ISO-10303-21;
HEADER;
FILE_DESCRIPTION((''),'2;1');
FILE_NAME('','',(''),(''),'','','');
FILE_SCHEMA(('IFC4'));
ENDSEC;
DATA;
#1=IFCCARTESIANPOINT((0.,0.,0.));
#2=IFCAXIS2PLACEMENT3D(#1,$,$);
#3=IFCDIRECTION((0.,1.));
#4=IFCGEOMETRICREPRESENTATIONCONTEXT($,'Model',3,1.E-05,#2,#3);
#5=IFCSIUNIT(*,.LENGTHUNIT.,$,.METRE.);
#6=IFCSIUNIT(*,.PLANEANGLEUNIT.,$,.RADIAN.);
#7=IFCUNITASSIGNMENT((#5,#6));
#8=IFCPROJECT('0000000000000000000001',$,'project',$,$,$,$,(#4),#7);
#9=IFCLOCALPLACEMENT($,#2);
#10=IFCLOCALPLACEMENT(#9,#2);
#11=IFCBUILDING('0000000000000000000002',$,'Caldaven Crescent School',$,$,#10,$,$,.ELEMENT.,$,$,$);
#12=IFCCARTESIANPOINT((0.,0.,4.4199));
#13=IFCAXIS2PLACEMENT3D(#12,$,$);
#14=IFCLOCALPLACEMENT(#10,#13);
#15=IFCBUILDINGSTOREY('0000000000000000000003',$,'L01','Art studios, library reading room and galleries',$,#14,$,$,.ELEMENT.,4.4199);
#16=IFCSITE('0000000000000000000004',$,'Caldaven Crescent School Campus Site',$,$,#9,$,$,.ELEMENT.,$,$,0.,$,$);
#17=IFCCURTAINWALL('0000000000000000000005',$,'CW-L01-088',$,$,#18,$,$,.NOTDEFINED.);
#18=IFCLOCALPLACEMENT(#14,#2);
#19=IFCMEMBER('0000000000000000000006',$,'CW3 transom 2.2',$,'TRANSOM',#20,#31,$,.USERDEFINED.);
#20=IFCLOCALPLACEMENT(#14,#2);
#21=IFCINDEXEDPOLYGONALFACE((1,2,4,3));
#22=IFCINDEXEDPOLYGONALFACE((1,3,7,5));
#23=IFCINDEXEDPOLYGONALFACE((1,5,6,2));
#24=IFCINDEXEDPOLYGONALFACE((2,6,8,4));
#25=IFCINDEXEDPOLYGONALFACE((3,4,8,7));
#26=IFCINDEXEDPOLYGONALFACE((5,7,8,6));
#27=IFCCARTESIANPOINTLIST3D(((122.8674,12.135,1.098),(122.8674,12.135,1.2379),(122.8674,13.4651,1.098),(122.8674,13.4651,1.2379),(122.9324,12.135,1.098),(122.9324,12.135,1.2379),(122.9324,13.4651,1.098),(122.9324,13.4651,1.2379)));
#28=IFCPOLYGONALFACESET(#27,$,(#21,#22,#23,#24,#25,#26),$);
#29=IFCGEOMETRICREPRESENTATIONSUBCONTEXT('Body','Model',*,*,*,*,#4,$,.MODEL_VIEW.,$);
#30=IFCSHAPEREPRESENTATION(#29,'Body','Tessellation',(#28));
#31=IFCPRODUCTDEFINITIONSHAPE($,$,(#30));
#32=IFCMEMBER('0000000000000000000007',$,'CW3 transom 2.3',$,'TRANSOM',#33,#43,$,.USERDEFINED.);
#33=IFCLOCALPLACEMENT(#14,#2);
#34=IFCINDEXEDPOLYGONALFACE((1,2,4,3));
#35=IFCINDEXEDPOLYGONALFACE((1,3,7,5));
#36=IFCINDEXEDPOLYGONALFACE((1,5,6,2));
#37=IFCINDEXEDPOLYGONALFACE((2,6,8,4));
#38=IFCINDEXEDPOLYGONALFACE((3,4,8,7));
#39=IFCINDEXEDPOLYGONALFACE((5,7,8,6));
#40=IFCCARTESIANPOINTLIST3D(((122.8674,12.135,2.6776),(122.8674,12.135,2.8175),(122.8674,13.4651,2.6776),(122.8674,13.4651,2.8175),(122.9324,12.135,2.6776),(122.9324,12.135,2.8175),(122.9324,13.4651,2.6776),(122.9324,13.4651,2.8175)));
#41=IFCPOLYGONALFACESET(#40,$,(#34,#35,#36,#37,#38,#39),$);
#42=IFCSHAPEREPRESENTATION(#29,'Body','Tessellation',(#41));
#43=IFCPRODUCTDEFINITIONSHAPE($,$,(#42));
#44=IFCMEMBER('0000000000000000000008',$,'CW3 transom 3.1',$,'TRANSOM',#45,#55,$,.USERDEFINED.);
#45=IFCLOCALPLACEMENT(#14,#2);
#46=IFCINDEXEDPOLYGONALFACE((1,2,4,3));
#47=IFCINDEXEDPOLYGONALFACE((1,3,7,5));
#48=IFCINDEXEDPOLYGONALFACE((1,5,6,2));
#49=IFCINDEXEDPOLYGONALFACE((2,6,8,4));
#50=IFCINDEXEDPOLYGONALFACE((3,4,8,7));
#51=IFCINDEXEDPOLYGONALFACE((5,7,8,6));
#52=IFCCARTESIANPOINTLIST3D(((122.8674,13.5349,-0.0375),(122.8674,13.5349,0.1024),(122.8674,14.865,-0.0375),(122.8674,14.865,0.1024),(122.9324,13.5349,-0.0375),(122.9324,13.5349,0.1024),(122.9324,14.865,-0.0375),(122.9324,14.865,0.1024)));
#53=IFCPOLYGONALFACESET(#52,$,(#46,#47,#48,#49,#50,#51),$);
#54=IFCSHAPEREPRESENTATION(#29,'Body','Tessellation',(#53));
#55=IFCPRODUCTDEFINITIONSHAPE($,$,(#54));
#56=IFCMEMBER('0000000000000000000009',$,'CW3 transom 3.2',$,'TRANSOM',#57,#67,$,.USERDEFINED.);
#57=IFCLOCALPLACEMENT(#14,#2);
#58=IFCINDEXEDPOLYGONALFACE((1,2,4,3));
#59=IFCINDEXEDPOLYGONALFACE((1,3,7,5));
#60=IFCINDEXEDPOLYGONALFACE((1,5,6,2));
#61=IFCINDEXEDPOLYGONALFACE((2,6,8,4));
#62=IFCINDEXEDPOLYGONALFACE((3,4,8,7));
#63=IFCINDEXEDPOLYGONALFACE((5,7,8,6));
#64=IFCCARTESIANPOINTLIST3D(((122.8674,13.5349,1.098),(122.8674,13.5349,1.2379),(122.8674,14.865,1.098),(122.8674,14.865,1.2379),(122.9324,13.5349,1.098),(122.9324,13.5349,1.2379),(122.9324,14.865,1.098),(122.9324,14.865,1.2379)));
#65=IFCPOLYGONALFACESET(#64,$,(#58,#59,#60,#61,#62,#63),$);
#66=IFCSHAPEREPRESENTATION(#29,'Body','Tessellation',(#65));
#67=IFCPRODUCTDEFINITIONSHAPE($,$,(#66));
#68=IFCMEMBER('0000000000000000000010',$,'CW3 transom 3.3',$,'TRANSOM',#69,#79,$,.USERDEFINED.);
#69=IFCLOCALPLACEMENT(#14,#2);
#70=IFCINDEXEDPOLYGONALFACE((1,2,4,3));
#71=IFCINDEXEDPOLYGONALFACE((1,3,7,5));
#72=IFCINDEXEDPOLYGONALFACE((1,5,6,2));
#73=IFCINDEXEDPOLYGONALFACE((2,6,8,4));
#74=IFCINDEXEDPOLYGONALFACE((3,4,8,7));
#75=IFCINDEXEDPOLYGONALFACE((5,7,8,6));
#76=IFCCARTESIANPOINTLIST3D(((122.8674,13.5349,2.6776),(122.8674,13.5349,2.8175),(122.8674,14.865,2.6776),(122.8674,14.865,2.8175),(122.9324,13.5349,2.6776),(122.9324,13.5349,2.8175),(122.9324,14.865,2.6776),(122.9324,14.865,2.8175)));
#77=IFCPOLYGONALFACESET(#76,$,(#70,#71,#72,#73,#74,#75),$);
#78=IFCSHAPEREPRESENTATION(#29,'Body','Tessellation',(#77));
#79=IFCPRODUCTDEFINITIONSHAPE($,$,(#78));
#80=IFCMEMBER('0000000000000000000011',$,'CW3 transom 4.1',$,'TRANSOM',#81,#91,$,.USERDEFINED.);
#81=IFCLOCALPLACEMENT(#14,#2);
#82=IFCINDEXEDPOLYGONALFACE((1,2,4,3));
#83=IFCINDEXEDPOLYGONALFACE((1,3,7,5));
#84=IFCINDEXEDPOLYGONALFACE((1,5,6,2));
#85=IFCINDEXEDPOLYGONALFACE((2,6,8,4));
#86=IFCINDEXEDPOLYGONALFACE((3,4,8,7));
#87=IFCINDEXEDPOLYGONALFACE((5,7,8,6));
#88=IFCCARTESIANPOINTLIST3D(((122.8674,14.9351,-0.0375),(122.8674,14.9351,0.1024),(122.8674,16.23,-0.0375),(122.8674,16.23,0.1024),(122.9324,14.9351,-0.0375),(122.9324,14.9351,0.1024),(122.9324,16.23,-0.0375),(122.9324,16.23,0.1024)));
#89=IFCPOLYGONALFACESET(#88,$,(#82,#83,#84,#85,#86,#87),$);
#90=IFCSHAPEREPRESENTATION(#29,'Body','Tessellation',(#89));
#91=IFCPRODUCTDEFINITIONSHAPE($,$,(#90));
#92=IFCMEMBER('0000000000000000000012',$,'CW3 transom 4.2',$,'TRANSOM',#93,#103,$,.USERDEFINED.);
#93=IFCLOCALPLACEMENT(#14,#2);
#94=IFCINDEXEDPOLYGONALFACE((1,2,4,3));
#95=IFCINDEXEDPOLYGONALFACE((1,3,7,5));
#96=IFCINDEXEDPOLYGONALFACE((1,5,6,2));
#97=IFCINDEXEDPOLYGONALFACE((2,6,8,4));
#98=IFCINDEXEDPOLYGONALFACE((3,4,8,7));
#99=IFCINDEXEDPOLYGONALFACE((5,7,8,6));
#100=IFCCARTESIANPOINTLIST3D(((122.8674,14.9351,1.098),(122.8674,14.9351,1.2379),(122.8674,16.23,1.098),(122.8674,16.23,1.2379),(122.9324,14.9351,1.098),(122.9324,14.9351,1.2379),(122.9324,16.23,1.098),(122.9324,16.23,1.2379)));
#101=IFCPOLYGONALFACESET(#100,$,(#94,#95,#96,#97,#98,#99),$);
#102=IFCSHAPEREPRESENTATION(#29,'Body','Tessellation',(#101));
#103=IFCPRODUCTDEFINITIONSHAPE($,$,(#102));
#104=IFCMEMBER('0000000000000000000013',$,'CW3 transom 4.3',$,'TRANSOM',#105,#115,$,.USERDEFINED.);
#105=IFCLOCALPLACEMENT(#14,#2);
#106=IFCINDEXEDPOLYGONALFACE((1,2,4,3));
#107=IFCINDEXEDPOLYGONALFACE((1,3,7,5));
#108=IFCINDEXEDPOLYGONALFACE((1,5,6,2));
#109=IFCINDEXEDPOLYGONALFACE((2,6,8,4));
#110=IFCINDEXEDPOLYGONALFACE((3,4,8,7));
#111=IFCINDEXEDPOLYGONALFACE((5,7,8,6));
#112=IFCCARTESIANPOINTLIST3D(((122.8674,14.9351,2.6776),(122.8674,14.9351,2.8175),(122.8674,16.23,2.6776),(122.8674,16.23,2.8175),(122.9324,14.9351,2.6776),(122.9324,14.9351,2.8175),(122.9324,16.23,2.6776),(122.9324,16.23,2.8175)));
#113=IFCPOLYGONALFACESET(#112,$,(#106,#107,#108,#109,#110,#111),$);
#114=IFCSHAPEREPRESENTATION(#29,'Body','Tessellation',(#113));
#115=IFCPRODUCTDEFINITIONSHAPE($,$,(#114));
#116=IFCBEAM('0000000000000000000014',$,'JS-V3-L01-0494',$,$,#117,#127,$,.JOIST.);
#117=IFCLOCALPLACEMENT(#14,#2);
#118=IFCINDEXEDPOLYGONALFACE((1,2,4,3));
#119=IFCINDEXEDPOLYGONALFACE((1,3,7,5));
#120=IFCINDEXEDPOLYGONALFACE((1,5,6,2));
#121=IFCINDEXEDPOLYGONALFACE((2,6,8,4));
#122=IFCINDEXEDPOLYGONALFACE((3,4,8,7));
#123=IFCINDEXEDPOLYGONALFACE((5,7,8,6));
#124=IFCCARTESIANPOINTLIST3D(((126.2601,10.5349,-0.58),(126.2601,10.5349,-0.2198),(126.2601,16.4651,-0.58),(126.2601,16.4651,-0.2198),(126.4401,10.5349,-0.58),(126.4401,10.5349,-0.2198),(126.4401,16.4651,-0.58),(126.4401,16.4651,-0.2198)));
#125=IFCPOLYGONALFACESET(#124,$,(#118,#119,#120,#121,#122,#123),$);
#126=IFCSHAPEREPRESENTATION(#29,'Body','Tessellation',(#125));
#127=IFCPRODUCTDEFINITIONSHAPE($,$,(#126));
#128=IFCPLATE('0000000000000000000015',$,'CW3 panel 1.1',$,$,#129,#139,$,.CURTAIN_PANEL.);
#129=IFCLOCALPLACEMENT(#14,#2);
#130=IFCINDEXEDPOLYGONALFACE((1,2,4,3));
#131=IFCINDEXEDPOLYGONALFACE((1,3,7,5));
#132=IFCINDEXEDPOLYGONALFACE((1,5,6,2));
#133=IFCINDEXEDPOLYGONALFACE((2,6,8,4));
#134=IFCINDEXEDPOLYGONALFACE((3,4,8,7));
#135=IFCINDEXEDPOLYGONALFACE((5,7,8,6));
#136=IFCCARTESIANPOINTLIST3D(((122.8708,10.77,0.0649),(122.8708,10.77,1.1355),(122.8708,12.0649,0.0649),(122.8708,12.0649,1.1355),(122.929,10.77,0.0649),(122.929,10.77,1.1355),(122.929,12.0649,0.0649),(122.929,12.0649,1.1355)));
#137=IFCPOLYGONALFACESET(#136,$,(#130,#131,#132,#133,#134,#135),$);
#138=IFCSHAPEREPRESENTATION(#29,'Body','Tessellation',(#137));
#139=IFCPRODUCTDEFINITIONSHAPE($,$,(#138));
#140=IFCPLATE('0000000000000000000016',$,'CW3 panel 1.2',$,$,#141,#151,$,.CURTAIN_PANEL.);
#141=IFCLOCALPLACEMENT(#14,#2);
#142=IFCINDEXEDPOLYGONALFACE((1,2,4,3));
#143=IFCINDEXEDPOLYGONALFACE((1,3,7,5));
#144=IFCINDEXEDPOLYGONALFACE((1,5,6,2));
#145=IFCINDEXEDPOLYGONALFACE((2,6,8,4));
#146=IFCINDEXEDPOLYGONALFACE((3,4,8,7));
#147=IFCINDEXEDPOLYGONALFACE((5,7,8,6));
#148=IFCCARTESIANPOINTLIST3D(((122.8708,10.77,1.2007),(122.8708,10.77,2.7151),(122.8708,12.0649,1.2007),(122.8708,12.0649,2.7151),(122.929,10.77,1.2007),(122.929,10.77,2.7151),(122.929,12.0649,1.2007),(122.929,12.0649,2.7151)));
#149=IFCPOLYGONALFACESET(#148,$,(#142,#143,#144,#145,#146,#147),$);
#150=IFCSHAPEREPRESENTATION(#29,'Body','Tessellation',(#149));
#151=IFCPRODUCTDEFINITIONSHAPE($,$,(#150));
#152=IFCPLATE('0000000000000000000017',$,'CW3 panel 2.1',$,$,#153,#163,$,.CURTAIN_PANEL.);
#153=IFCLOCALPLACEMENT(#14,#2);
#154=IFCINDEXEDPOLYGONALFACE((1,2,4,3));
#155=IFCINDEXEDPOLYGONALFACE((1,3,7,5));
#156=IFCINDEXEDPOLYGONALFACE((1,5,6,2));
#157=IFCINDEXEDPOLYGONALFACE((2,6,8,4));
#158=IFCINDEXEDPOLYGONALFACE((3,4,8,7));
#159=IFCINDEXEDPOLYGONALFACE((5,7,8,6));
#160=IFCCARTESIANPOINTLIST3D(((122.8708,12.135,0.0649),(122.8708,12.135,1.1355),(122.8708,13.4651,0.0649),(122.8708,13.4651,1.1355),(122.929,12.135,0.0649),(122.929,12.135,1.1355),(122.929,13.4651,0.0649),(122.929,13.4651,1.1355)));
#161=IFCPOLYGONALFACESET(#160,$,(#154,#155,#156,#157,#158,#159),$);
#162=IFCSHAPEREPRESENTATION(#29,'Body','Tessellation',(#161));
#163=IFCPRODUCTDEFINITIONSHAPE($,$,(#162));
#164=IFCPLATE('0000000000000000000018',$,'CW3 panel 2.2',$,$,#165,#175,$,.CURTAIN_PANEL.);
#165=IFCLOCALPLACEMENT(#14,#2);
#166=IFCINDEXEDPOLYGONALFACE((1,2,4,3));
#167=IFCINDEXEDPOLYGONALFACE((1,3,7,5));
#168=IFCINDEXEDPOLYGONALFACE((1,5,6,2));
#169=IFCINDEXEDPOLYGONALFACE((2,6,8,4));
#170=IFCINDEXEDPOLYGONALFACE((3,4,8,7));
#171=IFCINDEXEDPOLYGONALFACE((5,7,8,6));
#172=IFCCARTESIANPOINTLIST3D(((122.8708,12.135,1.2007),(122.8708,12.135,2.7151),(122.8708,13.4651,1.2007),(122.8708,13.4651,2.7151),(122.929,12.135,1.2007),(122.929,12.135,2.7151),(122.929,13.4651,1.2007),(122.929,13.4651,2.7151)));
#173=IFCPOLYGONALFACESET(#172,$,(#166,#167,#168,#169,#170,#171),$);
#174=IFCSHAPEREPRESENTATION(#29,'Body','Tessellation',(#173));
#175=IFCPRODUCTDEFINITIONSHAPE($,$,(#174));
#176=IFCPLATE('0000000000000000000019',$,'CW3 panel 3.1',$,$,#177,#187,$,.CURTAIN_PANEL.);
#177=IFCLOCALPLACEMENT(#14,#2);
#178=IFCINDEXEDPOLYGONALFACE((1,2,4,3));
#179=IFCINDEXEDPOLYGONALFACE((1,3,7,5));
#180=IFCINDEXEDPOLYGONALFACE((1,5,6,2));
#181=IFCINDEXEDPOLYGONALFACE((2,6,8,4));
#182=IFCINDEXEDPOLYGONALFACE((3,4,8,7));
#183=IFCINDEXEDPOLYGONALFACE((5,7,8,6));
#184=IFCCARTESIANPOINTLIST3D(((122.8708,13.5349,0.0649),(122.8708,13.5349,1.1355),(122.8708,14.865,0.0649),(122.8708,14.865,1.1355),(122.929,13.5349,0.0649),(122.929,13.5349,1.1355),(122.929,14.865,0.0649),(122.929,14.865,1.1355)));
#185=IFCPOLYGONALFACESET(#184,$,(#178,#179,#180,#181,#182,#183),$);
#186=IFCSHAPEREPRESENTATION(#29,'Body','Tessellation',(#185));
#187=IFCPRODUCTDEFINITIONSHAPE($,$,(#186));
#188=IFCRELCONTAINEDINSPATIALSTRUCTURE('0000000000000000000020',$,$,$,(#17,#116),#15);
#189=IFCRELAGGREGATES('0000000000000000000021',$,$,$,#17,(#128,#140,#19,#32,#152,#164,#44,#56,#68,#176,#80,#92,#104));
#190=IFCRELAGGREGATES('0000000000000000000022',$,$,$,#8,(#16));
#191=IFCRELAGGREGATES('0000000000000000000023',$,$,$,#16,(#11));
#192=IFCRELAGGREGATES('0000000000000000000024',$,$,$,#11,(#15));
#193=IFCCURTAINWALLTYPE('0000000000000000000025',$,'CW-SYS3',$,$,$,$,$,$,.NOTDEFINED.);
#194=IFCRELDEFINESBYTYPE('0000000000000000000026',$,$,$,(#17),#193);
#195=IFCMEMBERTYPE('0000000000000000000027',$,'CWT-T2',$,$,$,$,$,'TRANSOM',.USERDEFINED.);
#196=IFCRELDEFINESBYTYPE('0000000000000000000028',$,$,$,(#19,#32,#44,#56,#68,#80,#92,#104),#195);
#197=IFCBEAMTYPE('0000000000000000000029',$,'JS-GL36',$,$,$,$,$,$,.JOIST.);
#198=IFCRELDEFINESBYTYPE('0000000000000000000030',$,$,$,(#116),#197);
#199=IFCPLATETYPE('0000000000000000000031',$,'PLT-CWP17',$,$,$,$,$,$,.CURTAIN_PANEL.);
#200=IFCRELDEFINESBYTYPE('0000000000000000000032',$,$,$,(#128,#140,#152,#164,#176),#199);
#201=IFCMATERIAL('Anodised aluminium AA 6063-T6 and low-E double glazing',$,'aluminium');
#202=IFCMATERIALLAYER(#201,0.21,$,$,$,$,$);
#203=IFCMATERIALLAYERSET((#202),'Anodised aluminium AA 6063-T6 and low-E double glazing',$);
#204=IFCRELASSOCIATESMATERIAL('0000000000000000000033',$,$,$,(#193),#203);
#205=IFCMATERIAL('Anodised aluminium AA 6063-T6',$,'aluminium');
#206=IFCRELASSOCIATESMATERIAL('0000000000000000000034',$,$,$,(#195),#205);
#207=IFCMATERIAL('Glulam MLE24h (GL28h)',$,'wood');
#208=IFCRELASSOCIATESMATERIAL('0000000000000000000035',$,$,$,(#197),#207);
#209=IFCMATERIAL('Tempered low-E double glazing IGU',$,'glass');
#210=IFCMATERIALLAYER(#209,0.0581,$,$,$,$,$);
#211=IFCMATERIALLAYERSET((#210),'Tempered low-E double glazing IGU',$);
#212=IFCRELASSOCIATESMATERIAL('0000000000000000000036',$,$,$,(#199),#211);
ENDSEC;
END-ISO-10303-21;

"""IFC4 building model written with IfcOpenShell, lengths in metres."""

from ifc_helpers import new_model, si_unit, direction, frame, origin, origin_2d, place, context, subcontext, project, spatial, rectangle, extrude, material, layer, layer_set, material_profile, profile_set, type_object, element, aggregate, save


model = new_model("IFC4")

# Units and contexts
model_context = context("Model", 3, precision=1e-05, world=origin(), true_north=direction((0.0, 1.0)))
body_context = subcontext(model_context, "Body", "Model", "MODEL_VIEW")
ifc_project = project(units=[si_unit("LENGTHUNIT", "METRE"), si_unit("PLANEANGLEUNIT", "RADIAN")], contexts=[model_context])

# Site, building, storey
site_placement = place(None, origin())
site = spatial("IfcSite", under=ifc_project, at=site_placement, Name="Caldaven Crescent School Campus Site", CompositionType="ELEMENT", RefElevation=0.0)
building_placement = place(site_placement, origin())
building = spatial("IfcBuilding", under=site, at=building_placement, Name="Caldaven Crescent School", CompositionType="ELEMENT")
storey_placement = place(building_placement, frame((0.0, 0.0, 4.4199)))
storey = spatial("IfcBuildingStorey", under=building, at=storey_placement, Name="L01", Description="Art studios, library reading room and galleries", CompositionType="ELEMENT", Elevation=4.4199)

# Shared definitions
ifc_material_1 = material(Name="Glulam MLE24h (GL28h)", Category="wood")

# Curtain wall, members
ifc_material_2 = material(Name="Anodised aluminium AA 6063-T6 and low-E double glazing", Category="aluminium")
ifc_layer_1 = layer(ifc_material_2, 0.21)
ifc_layer_set_1 = layer_set([ifc_layer_1], Name="Anodised aluminium AA 6063-T6 and low-E double glazing")
curtain_wall_type = type_object("IfcCurtainWallType", Name="CW-SYS3", PredefinedType="NOTDEFINED", material=ifc_layer_set_1)
curtain_wall_placement = place(storey_placement, origin())
curtain_wall = element("IfcCurtainWall", 1, at=curtain_wall_placement, inside=storey, type_object=curtain_wall_type, Name="CW-L01-088", PredefinedType="NOTDEFINED")
ifc_material_3 = material(Name="Anodised aluminium AA 6063-T6", Category="aluminium")
ifc_material_profile_1 = material_profile(ifc_material_3, rectangle(XDim=0.0649, YDim=0.1399, at=origin_2d()), Name="CWT 65x140")
ifc_profile_set_1 = profile_set([ifc_material_profile_1], Name="Anodised aluminium AA 6063-T6")
member_type_1 = type_object("IfcMemberType", Name="CWT-T2", ElementType="TRANSOM", PredefinedType="USERDEFINED", material=ifc_profile_set_1)
member_1_placement = place(storey_placement, frame((122.8999, 12.135, 1.168), z_axis=(0.0, 1.0, 0.0), x_axis=(-1.0, 0.0, 0.0)))
member_1 = element("IfcMember", 2, at=member_1_placement, type_object=member_type_1, Name="CW3 transom 2.2", ObjectType="TRANSOM", PredefinedType="USERDEFINED", context=body_context, shape_type="SweptSolid", body=[
    extrude(rectangle(XDim=0.0649, YDim=0.1399, at=origin_2d()), origin(), (0.0, 0.0, 1.0), 1.3301),
])
member_2_placement = place(storey_placement, frame((122.8999, 12.135, 2.7476), z_axis=(0.0, 1.0, 0.0), x_axis=(-1.0, 0.0, 0.0)))
member_2 = element("IfcMember", 3, at=member_2_placement, type_object=member_type_1, Name="CW3 transom 2.3", ObjectType="TRANSOM", PredefinedType="USERDEFINED", context=body_context, shape_type="SweptSolid", body=[
    extrude(rectangle(XDim=0.0649, YDim=0.1399, at=origin_2d()), origin(), (0.0, 0.0, 1.0), 1.3301),
])
member_3_placement = place(storey_placement, frame((122.8999, 13.5349, 0.0325), z_axis=(0.0, 1.0, 0.0), x_axis=(-1.0, 0.0, 0.0)))
member_3 = element("IfcMember", 4, at=member_3_placement, type_object=member_type_1, Name="CW3 transom 3.1", ObjectType="TRANSOM", PredefinedType="USERDEFINED", context=body_context, shape_type="SweptSolid", body=[
    extrude(rectangle(XDim=0.0649, YDim=0.1399, at=origin_2d()), origin(), (0.0, 0.0, 1.0), 1.3301),
])
member_4_placement = place(storey_placement, frame((122.8999, 13.5349, 1.168), z_axis=(0.0, 1.0, 0.0), x_axis=(-1.0, 0.0, 0.0)))
member_4 = element("IfcMember", 5, at=member_4_placement, type_object=member_type_1, Name="CW3 transom 3.2", ObjectType="TRANSOM", PredefinedType="USERDEFINED", context=body_context, shape_type="SweptSolid", body=[
    extrude(rectangle(XDim=0.0649, YDim=0.1399, at=origin_2d()), origin(), (0.0, 0.0, 1.0), 1.3301),
])
member_5_placement = place(storey_placement, frame((122.8999, 13.5349, 2.7476), z_axis=(0.0, 1.0, 0.0), x_axis=(-1.0, 0.0, 0.0)))
member_5 = element("IfcMember", 6, at=member_5_placement, type_object=member_type_1, Name="CW3 transom 3.3", ObjectType="TRANSOM", PredefinedType="USERDEFINED", context=body_context, shape_type="SweptSolid", body=[
    extrude(rectangle(XDim=0.0649, YDim=0.1399, at=origin_2d()), origin(), (0.0, 0.0, 1.0), 1.3301),
])
member_6_placement = place(storey_placement, frame((122.8999, 14.9351, 0.0325), z_axis=(0.0, 1.0, 0.0), x_axis=(-1.0, 0.0, 0.0)))
member_6 = element("IfcMember", 7, at=member_6_placement, type_object=member_type_1, Name="CW3 transom 4.1", ObjectType="TRANSOM", PredefinedType="USERDEFINED", context=body_context, shape_type="SweptSolid", body=[
    extrude(rectangle(XDim=0.0649, YDim=0.1399, at=origin_2d()), origin(), (0.0, 0.0, 1.0), 1.2949),
])
member_7_placement = place(storey_placement, frame((122.8999, 14.9351, 1.168), z_axis=(0.0, 1.0, 0.0), x_axis=(-1.0, 0.0, 0.0)))
member_7 = element("IfcMember", 8, at=member_7_placement, type_object=member_type_1, Name="CW3 transom 4.2", ObjectType="TRANSOM", PredefinedType="USERDEFINED", context=body_context, shape_type="SweptSolid", body=[
    extrude(rectangle(XDim=0.0649, YDim=0.1399, at=origin_2d()), origin(), (0.0, 0.0, 1.0), 1.2949),
])
member_8_placement = place(storey_placement, frame((122.8999, 14.9351, 2.7476), z_axis=(0.0, 1.0, 0.0), x_axis=(-1.0, 0.0, 0.0)))
member_8 = element("IfcMember", 9, at=member_8_placement, type_object=member_type_1, Name="CW3 transom 4.3", ObjectType="TRANSOM", PredefinedType="USERDEFINED", context=body_context, shape_type="SweptSolid", body=[
    extrude(rectangle(XDim=0.0649, YDim=0.1399, at=origin_2d()), origin(), (0.0, 0.0, 1.0), 1.2949),
])

# Beam
ifc_material_profile_2 = material_profile(ifc_material_1, rectangle(XDim=0.1799, YDim=0.3601, at=origin_2d()), Name="MLE 180x360")
ifc_profile_set_2 = profile_set([ifc_material_profile_2], Name="Glulam MLE24h (GL28h)")
beam_type_1 = type_object("IfcBeamType", Name="JS-GL36", PredefinedType="JOIST", material=ifc_profile_set_2)
beam_1_placement = place(storey_placement, frame((126.3501, 10.5349, -0.3999), z_axis=(0.0, 1.0, 0.0), x_axis=(-1.0, 0.0, 0.0)))
element("IfcBeam", 10, at=beam_1_placement, inside=storey, type_object=beam_type_1, Name="JS-V3-L01-0494", PredefinedType="JOIST", context=body_context, shape_type="SweptSolid", body=[
    extrude(rectangle(XDim=0.1799, YDim=0.3601, at=origin_2d()), origin(), (0.0, 0.0, 1.0), 5.9302),
])

# Plates
ifc_material_4 = material(Name="Tempered low-E double glazing IGU", Category="glass")
ifc_layer_2 = layer(ifc_material_4, 0.0581)
ifc_layer_set_2 = layer_set([ifc_layer_2], Name="Tempered low-E double glazing IGU")
plate_type = type_object("IfcPlateType", Name="PLT-CWP17", PredefinedType="CURTAIN_PANEL", material=ifc_layer_set_2)
plate_1_placement = place(storey_placement, frame((122.8999, 11.4175, 0.0649), z_axis=(0.0, 0.0, 1.0), x_axis=(0.0, 1.0, 0.0)))
plate_1 = element("IfcPlate", 11, at=plate_1_placement, type_object=plate_type, Name="CW3 panel 1.1", PredefinedType="CURTAIN_PANEL", context=body_context, shape_type="SweptSolid", body=[
    extrude(rectangle(XDim=1.2949, YDim=0.0581, at=origin_2d()), origin(), (0.0, 0.0, 1.0), 1.0706),
])
plate_2_placement = place(storey_placement, frame((122.8999, 11.4175, 1.2007), z_axis=(0.0, 0.0, 1.0), x_axis=(0.0, 1.0, 0.0)))
plate_2 = element("IfcPlate", 12, at=plate_2_placement, type_object=plate_type, Name="CW3 panel 1.2", PredefinedType="CURTAIN_PANEL", context=body_context, shape_type="SweptSolid", body=[
    extrude(rectangle(XDim=1.2949, YDim=0.0581, at=origin_2d()), origin(), (0.0, 0.0, 1.0), 1.5144),
])
plate_3_placement = place(storey_placement, frame((122.8999, 12.8, 0.0649), z_axis=(0.0, 0.0, 1.0), x_axis=(0.0, 1.0, 0.0)))
plate_3 = element("IfcPlate", 13, at=plate_3_placement, type_object=plate_type, Name="CW3 panel 2.1", PredefinedType="CURTAIN_PANEL", context=body_context, shape_type="SweptSolid", body=[
    extrude(rectangle(XDim=1.3301, YDim=0.0581, at=origin_2d()), origin(), (0.0, 0.0, 1.0), 1.0706),
])
plate_4_placement = place(storey_placement, frame((122.8999, 12.8, 1.2007), z_axis=(0.0, 0.0, 1.0), x_axis=(0.0, 1.0, 0.0)))
plate_4 = element("IfcPlate", 14, at=plate_4_placement, type_object=plate_type, Name="CW3 panel 2.2", PredefinedType="CURTAIN_PANEL", context=body_context, shape_type="SweptSolid", body=[
    extrude(rectangle(XDim=1.3301, YDim=0.0581, at=origin_2d()), origin(), (0.0, 0.0, 1.0), 1.5144),
])
plate_5_placement = place(storey_placement, frame((122.8999, 14.2, 0.0649), z_axis=(0.0, 0.0, 1.0), x_axis=(0.0, 1.0, 0.0)))
plate_5 = element("IfcPlate", 15, at=plate_5_placement, type_object=plate_type, Name="CW3 panel 3.1", PredefinedType="CURTAIN_PANEL", context=body_context, shape_type="SweptSolid", body=[
    extrude(rectangle(XDim=1.3301, YDim=0.0581, at=origin_2d()), origin(), (0.0, 0.0, 1.0), 1.0706),
])
aggregate(curtain_wall, [plate_1, plate_2, member_1, member_2, plate_3, plate_4, member_3, member_4, member_5, plate_5, member_6, member_7, member_8])

save(model, "model.ifc")
